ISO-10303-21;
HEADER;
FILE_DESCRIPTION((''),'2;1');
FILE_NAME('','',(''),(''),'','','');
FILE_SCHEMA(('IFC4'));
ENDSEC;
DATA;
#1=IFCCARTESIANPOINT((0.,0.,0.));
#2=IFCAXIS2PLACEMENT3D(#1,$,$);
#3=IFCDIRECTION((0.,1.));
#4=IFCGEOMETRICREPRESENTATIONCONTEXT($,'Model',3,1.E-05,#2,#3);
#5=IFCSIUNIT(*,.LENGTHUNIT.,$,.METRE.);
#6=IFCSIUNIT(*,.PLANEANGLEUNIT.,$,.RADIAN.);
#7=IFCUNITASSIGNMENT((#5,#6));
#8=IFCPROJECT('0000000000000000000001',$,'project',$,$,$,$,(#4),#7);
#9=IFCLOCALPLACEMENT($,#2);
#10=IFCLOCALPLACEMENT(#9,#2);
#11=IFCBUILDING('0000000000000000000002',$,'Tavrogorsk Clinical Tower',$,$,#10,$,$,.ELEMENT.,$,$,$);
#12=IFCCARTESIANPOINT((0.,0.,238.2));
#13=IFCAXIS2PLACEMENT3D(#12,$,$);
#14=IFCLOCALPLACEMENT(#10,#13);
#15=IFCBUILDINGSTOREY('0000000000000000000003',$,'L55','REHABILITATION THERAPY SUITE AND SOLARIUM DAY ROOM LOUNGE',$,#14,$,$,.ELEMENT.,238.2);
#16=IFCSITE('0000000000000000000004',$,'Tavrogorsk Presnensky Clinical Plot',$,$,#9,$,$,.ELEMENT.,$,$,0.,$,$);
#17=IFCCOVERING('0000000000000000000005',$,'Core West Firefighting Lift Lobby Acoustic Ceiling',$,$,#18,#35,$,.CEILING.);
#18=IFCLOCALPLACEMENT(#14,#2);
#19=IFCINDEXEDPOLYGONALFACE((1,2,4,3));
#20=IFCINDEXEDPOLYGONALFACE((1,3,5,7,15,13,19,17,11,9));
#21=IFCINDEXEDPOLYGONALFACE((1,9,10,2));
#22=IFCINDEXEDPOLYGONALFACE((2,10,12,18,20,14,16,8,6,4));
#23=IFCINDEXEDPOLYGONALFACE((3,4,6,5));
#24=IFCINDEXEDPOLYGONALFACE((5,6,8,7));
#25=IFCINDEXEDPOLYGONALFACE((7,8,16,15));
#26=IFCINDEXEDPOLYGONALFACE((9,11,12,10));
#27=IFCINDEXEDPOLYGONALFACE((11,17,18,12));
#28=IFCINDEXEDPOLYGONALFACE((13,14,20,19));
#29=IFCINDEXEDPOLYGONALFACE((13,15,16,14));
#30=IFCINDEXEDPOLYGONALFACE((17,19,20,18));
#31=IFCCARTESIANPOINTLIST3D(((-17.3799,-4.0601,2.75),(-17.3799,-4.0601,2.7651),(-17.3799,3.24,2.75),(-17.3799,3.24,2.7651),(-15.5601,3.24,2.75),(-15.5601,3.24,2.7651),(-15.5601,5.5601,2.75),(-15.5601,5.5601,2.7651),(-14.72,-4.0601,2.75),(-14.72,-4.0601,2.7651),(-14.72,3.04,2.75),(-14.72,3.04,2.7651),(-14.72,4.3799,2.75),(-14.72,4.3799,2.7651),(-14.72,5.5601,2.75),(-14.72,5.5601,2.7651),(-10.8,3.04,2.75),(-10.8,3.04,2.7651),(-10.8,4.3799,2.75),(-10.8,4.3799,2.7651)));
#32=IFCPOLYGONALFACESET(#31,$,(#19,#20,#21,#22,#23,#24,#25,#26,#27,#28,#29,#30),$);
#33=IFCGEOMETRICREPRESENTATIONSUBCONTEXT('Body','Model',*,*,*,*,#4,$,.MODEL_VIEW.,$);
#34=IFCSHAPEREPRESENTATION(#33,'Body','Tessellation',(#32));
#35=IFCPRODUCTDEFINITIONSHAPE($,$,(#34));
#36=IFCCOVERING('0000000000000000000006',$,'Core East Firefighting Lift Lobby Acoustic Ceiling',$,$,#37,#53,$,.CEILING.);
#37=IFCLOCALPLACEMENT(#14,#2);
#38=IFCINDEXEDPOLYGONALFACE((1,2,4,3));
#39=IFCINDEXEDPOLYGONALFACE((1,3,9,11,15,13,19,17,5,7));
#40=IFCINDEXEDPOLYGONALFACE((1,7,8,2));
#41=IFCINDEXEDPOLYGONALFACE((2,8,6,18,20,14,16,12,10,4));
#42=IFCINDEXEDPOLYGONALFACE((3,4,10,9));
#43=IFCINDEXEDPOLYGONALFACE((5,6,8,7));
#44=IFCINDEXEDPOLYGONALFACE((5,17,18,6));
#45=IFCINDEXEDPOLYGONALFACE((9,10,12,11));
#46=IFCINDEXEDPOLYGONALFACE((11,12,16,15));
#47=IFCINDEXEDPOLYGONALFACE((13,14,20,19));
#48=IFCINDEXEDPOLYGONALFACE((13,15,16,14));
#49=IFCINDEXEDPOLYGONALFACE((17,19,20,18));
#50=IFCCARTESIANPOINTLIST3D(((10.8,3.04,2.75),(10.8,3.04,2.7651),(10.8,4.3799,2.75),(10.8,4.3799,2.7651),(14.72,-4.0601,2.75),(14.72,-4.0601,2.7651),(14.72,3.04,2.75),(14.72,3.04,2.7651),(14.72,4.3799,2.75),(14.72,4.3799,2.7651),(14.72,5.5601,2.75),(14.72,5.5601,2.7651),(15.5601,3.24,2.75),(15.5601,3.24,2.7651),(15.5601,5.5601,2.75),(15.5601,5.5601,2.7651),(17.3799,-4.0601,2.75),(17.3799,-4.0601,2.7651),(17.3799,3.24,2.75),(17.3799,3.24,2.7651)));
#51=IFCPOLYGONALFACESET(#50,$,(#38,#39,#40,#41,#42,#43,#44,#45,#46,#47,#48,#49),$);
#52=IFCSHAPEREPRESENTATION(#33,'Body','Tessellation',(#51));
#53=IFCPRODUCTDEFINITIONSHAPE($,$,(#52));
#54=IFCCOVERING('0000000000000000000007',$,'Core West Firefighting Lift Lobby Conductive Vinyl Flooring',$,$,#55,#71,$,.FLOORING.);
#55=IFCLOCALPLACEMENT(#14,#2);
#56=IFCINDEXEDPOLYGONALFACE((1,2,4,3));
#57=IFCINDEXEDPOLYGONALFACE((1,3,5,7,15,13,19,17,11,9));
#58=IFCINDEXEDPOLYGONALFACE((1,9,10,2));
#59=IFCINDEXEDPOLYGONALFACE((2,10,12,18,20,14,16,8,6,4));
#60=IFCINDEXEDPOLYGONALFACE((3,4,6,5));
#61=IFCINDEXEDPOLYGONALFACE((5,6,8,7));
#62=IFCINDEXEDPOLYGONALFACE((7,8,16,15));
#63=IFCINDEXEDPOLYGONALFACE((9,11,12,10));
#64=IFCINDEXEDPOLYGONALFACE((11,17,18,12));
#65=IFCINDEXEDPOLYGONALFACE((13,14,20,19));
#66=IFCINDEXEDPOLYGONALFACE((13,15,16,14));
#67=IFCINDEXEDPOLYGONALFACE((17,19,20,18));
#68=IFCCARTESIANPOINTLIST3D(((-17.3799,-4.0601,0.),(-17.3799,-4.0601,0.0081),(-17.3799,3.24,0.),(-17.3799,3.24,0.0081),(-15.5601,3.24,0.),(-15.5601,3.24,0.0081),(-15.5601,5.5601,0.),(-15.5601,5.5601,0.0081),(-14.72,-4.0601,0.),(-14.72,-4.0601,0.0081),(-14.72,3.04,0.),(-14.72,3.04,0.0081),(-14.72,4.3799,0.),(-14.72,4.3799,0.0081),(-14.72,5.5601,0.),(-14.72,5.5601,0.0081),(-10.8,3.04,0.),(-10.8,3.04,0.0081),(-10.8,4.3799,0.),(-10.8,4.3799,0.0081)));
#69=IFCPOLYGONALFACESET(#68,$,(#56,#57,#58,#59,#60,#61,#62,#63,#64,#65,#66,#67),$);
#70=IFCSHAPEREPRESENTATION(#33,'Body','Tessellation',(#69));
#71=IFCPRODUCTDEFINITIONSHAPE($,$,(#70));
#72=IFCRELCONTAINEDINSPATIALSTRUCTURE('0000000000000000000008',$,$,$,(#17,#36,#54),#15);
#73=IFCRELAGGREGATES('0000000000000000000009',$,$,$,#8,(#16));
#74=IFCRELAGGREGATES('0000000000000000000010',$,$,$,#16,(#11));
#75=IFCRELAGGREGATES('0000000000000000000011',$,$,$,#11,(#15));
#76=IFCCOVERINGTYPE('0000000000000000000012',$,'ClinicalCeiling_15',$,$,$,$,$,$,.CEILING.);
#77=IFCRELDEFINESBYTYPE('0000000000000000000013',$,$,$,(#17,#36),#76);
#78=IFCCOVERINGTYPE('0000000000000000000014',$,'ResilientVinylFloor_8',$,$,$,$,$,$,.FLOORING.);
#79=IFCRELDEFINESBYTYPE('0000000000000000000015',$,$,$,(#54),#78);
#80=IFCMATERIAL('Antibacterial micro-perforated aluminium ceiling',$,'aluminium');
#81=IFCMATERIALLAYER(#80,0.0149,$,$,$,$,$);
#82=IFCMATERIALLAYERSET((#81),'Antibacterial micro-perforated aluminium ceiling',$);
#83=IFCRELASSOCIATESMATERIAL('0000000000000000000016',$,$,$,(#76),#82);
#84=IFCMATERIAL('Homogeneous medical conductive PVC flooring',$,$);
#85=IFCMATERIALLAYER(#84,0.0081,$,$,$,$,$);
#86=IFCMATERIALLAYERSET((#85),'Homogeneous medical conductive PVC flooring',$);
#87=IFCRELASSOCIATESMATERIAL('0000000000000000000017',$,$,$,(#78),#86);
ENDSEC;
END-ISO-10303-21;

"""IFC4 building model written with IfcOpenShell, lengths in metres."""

from ifc_helpers import new_model, si_unit, direction, frame, origin, place, context, subcontext, project, spatial, polyline, outline, extrude, material, layer, layer_set, type_object, element, save


model = new_model("IFC4")

# Units and contexts
model_context = context("Model", 3, precision=1e-05, world=origin(), true_north=direction((0.0, 1.0)))
body_context = subcontext(model_context, "Body", "Model", "MODEL_VIEW")
ifc_project = project(units=[si_unit("LENGTHUNIT", "METRE"), si_unit("PLANEANGLEUNIT", "RADIAN")], contexts=[model_context])

# Site, building, storey
site_placement = place(None, origin())
site = spatial("IfcSite", under=ifc_project, at=site_placement, Name="Tavrogorsk Presnensky Clinical Plot", CompositionType="ELEMENT", RefElevation=0.0)
building_placement = place(site_placement, origin())
building = spatial("IfcBuilding", under=site, at=building_placement, Name="Tavrogorsk Clinical Tower", CompositionType="ELEMENT")
storey_placement = place(building_placement, frame((0.0, 0.0, 238.2)))
storey = spatial("IfcBuildingStorey", under=building, at=storey_placement, Name="L55", Description="REHABILITATION THERAPY SUITE AND SOLARIUM DAY ROOM LOUNGE", CompositionType="ELEMENT", Elevation=238.2)

# Coverings
ifc_material_1 = material(Name="Antibacterial micro-perforated aluminium ceiling", Category="aluminium")
ifc_layer_1 = layer(ifc_material_1, 0.0149)
ifc_layer_set_1 = layer_set([ifc_layer_1], Name="Antibacterial micro-perforated aluminium ceiling")
covering_type_1 = type_object("IfcCoveringType", Name="ClinicalCeiling_15", PredefinedType="CEILING", material=ifc_layer_set_1)
covering_1_placement = place(storey_placement, frame((0.0, 0.0, 2.75)))
element("IfcCovering", 1, at=covering_1_placement, inside=storey, type_object=covering_type_1, Name="Core West Firefighting Lift Lobby Acoustic Ceiling", PredefinedType="CEILING", context=body_context, shape_type="SweptSolid", body=[
    extrude(outline(polyline([(-14.72, 4.3799), (-10.8, 4.3799), (-10.8, 3.04), (-14.72, 3.04), (-14.72, -4.0601), (-17.3799, -4.0601), (-17.3799, 3.24), (-15.5601, 3.24), (-15.5601, 5.5601), (-14.72, 5.5601), (-14.72, 4.3799)])), origin(), (0.0, 0.0, 1.0), 0.0151),
])
covering_2_placement = place(storey_placement, frame((0.0, 0.0, 2.75)))
element("IfcCovering", 2, at=covering_2_placement, inside=storey, type_object=covering_type_1, Name="Core East Firefighting Lift Lobby Acoustic Ceiling", PredefinedType="CEILING", context=body_context, shape_type="SweptSolid", body=[
    extrude(outline(polyline([(14.72, -4.0601), (14.72, 3.04), (10.8, 3.04), (10.8, 4.3799), (14.72, 4.3799), (14.72, 5.5601), (15.5601, 5.5601), (15.5601, 3.24), (17.3799, 3.24), (17.3799, -4.0601), (14.72, -4.0601)])), origin(), (0.0, 0.0, 1.0), 0.0151),
])
ifc_material_2 = material(Name="Homogeneous medical conductive PVC flooring")
ifc_layer_2 = layer(ifc_material_2, 0.0081)
ifc_layer_set_2 = layer_set([ifc_layer_2], Name="Homogeneous medical conductive PVC flooring")
covering_type_2 = type_object("IfcCoveringType", Name="ResilientVinylFloor_8", PredefinedType="FLOORING", material=ifc_layer_set_2)
covering_3_placement = place(storey_placement, origin())
element("IfcCovering", 3, at=covering_3_placement, inside=storey, type_object=covering_type_2, Name="Core West Firefighting Lift Lobby Conductive Vinyl Flooring", PredefinedType="FLOORING", context=body_context, shape_type="SweptSolid", body=[
    extrude(outline(polyline([(-14.72, 4.3799), (-10.8, 4.3799), (-10.8, 3.04), (-14.72, 3.04), (-14.72, -4.0601), (-17.3799, -4.0601), (-17.3799, 3.24), (-15.5601, 3.24), (-15.5601, 5.5601), (-14.72, 5.5601), (-14.72, 4.3799)])), origin(), (0.0, 0.0, 1.0), 0.0081),
])

save(model, "model.ifc")
